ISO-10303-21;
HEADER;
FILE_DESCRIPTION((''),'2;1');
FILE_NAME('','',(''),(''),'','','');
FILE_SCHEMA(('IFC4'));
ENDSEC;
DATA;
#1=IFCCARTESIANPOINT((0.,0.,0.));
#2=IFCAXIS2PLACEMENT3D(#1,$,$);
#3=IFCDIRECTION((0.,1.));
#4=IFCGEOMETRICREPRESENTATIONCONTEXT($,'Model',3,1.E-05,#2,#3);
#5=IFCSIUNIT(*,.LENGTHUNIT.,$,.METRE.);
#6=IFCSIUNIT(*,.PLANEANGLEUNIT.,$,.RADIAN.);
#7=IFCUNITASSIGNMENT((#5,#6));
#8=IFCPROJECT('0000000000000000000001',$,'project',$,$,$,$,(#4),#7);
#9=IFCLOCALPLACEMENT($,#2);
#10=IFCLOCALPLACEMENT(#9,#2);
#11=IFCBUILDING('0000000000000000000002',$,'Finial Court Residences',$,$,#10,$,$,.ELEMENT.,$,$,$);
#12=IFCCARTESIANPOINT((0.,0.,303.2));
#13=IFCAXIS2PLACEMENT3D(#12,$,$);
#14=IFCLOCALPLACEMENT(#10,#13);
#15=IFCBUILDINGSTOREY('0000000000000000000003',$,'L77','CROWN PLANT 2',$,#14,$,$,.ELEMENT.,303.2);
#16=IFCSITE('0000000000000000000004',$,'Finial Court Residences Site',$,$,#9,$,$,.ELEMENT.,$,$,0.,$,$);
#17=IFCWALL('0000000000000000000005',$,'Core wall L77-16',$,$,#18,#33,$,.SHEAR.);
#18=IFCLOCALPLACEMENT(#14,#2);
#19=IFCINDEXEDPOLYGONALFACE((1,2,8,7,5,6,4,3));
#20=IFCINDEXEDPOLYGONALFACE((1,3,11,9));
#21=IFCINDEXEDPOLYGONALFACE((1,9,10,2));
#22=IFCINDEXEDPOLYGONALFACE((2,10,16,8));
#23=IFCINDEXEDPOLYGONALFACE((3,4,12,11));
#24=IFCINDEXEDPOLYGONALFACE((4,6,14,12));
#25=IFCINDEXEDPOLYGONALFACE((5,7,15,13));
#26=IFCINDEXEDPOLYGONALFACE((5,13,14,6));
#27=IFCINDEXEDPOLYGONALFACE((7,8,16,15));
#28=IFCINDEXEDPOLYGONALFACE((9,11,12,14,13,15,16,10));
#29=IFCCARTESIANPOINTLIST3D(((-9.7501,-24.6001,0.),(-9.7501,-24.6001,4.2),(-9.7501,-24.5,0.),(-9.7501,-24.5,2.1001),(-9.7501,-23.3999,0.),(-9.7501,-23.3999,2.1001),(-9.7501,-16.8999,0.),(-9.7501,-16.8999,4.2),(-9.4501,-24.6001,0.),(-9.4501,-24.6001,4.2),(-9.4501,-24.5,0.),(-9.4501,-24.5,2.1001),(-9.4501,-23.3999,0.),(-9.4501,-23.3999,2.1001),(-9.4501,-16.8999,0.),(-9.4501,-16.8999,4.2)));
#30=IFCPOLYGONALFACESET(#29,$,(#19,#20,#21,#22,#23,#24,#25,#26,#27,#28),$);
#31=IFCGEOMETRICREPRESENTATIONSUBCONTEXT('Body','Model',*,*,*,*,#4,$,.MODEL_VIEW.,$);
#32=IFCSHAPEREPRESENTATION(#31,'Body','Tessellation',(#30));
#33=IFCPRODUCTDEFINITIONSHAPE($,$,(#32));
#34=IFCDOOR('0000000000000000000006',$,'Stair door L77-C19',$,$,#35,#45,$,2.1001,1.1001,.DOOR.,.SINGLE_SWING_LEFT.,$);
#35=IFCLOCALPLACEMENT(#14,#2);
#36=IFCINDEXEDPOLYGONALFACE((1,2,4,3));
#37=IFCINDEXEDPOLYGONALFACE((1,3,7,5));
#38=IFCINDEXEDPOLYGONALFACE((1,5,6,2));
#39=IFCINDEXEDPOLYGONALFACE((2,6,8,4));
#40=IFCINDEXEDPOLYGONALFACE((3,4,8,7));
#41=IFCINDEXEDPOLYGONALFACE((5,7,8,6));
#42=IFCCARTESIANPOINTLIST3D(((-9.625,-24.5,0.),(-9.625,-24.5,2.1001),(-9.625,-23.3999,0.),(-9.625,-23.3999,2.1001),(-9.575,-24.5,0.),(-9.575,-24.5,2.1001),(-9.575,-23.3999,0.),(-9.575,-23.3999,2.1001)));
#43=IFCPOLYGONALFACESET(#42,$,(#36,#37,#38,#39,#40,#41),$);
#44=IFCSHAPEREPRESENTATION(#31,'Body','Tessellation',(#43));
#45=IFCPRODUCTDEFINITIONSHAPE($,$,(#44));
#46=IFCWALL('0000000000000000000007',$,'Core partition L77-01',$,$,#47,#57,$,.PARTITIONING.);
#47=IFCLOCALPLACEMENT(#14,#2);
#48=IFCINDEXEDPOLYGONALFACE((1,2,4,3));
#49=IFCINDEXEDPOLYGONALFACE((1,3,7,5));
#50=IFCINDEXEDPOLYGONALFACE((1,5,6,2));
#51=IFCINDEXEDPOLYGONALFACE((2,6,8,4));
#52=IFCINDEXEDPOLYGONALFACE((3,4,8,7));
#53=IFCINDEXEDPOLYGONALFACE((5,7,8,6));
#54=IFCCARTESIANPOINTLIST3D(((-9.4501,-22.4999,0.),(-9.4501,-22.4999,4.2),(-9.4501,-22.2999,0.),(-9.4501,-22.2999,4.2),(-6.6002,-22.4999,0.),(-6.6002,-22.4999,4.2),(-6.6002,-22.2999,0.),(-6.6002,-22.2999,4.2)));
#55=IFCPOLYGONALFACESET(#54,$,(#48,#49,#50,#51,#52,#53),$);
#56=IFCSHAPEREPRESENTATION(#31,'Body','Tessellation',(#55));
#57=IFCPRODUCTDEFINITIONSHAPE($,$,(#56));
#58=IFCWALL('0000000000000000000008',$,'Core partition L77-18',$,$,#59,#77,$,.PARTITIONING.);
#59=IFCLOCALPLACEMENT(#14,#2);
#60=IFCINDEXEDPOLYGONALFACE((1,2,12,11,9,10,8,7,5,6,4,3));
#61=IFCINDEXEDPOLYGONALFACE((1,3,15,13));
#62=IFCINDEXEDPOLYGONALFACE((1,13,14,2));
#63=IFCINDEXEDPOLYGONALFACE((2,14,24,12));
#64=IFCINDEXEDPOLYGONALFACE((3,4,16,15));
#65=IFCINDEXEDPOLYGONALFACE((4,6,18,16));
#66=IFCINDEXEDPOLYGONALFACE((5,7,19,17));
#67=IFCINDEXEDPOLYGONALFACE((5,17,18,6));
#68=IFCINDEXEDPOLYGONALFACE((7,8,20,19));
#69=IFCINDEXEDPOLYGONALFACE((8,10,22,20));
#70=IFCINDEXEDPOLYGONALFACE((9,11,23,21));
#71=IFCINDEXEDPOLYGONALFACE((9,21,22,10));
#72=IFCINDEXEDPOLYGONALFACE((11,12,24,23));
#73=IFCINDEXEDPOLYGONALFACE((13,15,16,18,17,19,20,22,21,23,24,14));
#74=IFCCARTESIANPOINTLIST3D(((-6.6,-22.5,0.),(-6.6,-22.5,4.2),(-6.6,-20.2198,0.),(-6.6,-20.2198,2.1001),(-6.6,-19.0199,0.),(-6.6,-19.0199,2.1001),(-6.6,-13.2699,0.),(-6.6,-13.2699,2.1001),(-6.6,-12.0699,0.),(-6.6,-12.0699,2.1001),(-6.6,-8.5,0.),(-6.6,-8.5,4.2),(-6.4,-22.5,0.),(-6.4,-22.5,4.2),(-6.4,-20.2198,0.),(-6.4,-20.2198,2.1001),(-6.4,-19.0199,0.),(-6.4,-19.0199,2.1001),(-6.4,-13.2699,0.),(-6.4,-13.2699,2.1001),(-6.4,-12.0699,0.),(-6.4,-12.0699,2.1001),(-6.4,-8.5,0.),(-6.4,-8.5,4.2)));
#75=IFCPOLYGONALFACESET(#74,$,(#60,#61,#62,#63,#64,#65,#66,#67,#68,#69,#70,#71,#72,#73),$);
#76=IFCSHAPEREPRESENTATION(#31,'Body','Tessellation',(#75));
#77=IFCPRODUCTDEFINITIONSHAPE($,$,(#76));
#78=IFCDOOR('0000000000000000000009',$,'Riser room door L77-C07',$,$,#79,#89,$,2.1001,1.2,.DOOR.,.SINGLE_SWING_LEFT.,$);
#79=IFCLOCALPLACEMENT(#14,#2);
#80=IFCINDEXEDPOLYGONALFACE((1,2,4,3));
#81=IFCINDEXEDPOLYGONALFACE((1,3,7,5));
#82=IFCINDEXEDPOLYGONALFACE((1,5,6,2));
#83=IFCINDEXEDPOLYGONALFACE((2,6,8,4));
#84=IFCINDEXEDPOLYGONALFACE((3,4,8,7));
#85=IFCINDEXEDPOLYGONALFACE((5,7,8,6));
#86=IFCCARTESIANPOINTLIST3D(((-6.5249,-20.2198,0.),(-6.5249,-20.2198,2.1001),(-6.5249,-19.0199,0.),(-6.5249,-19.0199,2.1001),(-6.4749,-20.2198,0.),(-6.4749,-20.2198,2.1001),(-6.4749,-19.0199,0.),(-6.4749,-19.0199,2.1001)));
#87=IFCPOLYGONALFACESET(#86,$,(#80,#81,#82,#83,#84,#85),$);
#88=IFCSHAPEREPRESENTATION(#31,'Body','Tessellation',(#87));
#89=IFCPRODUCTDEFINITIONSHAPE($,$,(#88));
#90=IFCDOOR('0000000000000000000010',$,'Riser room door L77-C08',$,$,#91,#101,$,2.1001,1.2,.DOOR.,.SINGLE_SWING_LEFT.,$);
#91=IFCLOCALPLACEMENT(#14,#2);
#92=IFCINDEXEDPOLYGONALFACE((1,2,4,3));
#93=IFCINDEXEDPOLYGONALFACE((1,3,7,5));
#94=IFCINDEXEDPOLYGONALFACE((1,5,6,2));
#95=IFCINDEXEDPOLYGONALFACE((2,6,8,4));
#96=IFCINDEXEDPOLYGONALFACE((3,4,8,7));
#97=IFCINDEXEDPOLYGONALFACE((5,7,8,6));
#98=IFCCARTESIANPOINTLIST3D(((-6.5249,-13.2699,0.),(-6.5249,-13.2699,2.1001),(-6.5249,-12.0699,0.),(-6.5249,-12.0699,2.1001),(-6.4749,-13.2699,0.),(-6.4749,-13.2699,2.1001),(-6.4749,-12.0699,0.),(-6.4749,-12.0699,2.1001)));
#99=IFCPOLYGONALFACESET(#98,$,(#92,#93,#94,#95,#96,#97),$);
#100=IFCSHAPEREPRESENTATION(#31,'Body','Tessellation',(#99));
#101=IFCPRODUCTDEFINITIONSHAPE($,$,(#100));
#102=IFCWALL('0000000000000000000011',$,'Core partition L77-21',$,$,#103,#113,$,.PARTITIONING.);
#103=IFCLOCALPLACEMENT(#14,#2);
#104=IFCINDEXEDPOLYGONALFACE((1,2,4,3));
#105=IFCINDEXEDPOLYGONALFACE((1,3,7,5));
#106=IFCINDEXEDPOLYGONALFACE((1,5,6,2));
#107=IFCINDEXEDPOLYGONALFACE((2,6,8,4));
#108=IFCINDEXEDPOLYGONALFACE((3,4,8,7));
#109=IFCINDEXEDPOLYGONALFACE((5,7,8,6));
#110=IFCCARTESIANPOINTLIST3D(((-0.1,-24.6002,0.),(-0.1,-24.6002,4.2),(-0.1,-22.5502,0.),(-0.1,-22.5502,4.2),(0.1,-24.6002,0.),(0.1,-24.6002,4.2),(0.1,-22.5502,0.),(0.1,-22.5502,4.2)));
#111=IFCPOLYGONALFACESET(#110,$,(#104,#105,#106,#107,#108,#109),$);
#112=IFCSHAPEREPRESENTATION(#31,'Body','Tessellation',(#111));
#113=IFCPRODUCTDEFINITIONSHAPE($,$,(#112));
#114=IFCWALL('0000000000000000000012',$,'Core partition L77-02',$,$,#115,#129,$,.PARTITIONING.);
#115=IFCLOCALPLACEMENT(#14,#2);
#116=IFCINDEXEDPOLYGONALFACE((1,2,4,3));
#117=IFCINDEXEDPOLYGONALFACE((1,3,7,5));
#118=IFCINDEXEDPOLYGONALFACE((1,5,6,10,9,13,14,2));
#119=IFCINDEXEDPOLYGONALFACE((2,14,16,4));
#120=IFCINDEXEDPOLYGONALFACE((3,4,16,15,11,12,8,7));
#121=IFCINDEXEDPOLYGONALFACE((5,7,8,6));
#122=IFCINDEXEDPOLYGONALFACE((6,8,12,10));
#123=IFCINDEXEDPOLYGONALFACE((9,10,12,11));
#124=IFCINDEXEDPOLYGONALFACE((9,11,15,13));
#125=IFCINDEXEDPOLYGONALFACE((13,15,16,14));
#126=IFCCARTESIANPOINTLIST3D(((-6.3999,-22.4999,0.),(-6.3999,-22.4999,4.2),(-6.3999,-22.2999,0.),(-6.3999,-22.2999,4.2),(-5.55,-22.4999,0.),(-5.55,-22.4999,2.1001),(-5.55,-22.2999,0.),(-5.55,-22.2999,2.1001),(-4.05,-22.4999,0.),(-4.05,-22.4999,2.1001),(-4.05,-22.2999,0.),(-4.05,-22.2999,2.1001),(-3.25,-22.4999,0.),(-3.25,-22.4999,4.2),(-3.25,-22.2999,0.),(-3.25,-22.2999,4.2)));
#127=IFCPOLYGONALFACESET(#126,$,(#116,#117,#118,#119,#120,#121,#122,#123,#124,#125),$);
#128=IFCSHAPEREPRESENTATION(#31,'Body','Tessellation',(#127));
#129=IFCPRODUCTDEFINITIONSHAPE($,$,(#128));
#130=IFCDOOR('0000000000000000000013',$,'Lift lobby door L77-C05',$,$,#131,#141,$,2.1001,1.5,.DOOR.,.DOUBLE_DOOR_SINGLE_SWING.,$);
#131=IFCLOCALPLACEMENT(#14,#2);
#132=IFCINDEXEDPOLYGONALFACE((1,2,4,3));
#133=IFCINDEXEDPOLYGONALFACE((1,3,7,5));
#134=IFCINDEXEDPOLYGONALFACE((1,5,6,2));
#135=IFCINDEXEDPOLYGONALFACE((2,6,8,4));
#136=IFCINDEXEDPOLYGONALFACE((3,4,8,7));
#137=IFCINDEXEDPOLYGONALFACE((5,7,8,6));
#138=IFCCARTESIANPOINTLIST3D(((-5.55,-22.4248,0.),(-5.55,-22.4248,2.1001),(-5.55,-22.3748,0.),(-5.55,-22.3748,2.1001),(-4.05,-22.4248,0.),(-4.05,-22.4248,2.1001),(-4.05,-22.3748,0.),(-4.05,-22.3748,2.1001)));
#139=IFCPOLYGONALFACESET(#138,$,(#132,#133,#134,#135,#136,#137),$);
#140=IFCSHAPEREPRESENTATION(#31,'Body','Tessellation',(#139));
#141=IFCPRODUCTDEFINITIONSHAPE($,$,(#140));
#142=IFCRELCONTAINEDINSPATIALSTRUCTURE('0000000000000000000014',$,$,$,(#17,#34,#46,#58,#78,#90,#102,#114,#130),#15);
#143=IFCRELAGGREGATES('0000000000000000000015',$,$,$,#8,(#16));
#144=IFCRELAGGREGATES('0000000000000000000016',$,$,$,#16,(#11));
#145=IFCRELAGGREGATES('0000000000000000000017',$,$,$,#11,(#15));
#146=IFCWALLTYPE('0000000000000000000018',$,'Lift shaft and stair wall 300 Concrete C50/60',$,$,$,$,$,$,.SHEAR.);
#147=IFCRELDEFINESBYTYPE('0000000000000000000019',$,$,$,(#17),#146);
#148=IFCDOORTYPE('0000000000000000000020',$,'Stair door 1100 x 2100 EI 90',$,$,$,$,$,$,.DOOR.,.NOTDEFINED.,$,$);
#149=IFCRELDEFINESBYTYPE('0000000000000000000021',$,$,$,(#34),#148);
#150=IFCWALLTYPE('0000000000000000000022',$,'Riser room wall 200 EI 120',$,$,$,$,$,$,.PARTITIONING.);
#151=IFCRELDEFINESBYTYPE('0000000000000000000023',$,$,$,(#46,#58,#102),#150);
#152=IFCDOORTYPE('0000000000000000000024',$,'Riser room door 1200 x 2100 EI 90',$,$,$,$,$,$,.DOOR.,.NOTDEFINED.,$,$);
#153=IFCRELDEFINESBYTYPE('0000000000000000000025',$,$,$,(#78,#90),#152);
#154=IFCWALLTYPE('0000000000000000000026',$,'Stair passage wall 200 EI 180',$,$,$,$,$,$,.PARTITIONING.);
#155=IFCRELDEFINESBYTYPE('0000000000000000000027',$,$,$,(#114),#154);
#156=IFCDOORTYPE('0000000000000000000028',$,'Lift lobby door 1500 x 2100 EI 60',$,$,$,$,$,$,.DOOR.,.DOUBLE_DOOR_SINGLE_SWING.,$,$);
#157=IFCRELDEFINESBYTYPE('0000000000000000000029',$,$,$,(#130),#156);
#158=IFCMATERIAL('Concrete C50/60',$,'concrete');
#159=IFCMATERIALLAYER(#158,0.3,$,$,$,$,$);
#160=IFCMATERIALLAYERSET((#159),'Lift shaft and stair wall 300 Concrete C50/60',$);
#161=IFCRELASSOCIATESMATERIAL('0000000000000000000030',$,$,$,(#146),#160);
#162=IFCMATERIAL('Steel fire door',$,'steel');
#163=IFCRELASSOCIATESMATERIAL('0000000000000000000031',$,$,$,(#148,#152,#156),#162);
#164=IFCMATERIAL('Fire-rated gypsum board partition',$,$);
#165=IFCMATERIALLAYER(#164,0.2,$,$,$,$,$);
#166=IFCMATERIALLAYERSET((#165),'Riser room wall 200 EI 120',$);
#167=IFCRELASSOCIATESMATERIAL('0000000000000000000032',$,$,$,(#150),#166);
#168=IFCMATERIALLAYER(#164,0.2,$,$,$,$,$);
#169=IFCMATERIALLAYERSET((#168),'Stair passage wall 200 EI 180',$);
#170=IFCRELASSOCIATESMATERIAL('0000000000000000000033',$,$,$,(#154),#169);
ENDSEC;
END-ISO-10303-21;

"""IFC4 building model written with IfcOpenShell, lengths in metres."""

from ifc_helpers import new_model, si_unit, direction, frame, frame_2d, origin, place, context, subcontext, project, spatial, rectangle, extrude, material, layer, layer_set, type_object, element, fill, save


model = new_model("IFC4")

# Units and contexts
model_context = context("Model", 3, precision=1e-05, world=origin(), true_north=direction((0.0, 1.0)))
body_context = subcontext(model_context, "Body", "Model", "MODEL_VIEW")
ifc_project = project(units=[si_unit("LENGTHUNIT", "METRE"), si_unit("PLANEANGLEUNIT", "RADIAN")], contexts=[model_context])

# Site, building, storey
site_placement = place(None, origin())
site = spatial("IfcSite", under=ifc_project, at=site_placement, Name="Finial Court Residences Site", CompositionType="ELEMENT", RefElevation=0.0)
building_placement = place(site_placement, origin())
building = spatial("IfcBuilding", under=site, at=building_placement, Name="Finial Court Residences", CompositionType="ELEMENT")
storey_placement = place(building_placement, frame((0.0, 0.0, 303.2)))
storey = spatial("IfcBuildingStorey", under=building, at=storey_placement, Name="L77", Description="CROWN PLANT 2", CompositionType="ELEMENT", Elevation=303.2)

# Shared definitions
ifc_material_1 = material(Name="Concrete C50/60", Category="concrete")
ifc_layer_1 = layer(ifc_material_1, 0.3)
ifc_layer_set_1 = layer_set([ifc_layer_1], Name="Lift shaft and stair wall 300 Concrete C50/60")
wall_type_1 = type_object("IfcWallType", Name="Lift shaft and stair wall 300 Concrete C50/60", PredefinedType="SHEAR", material=ifc_layer_set_1)

# Wall, opening, door
wall_1_placement = place(storey_placement, frame((-9.6001, -24.6001, 0.0), z_axis=(0.0, 0.0, 1.0), x_axis=(0.0, 1.0, 0.0)))
wall_1 = element("IfcWall", 1, at=wall_1_placement, inside=storey, type_object=wall_type_1, Name="Core wall L77-16", PredefinedType="SHEAR", context=body_context, shape_type="SweptSolid", body=[
    extrude(rectangle(XDim=7.7002, YDim=0.3, at=frame_2d((3.8501, 0.0))), origin(), (0.0, 0.0, 1.0), 4.2),
])
opening_1_placement = place(wall_1_placement, frame((0.1001, 0.0, 0.0)))
opening_1 = element("IfcOpeningElement", 2, at=opening_1_placement, cuts=wall_1, PredefinedType="OPENING", context=body_context, shape_type="SweptSolid", body=[
    extrude(rectangle(XDim=1.1001, YDim=2.1001, at=frame_2d((0.55, 1.05))), frame((0.0, 0.1599, 0.0), z_axis=(0.0, -1.0, 0.0), x_axis=(1.0, 0.0, 0.0)), (0.0, 0.0, 1.0), 0.3201),
])
ifc_material_2 = material(Name="Steel fire door", Category="steel")
door_type_1 = type_object("IfcDoorType", Name="Stair door 1100 x 2100 EI 90", OperationType="NOTDEFINED", PredefinedType="DOOR", material=ifc_material_2)
door_1_placement = place(opening_1_placement, origin())
door_1 = element("IfcDoor", 3, at=door_1_placement, inside=storey, type_object=door_type_1, Name="Stair door L77-C19", OperationType="SINGLE_SWING_LEFT", OverallHeight=2.1001, OverallWidth=1.1001, PredefinedType="DOOR", context=body_context, shape_type="SweptSolid", body=[
    extrude(rectangle(XDim=1.1001, YDim=2.1001, at=frame_2d((0.55, 1.05))), frame((0.0, 0.0249, 0.0), z_axis=(0.0, -1.0, 0.0), x_axis=(1.0, 0.0, 0.0)), (0.0, 0.0, 1.0), 0.05),
])
fill(opening_1, door_1)

# Wall
ifc_material_3 = material(Name="Fire-rated gypsum board partition")
ifc_layer_2 = layer(ifc_material_3, 0.2)
ifc_layer_set_2 = layer_set([ifc_layer_2], Name="Riser room wall 200 EI 120")
wall_type_2 = type_object("IfcWallType", Name="Riser room wall 200 EI 120", PredefinedType="PARTITIONING", material=ifc_layer_set_2)
wall_2_placement = place(storey_placement, frame((-9.45, -22.3999, 0.0), z_axis=(0.0, 0.0, 1.0), x_axis=(1.0, 0.0, 0.0)))
element("IfcWall", 4, at=wall_2_placement, inside=storey, type_object=wall_type_2, Name="Core partition L77-01", PredefinedType="PARTITIONING", context=body_context, shape_type="SweptSolid", body=[
    extrude(rectangle(XDim=2.8499, YDim=0.2, at=frame_2d((1.4248, 0.0))), origin(), (0.0, 0.0, 1.0), 4.2),
])

# Wall, openings, doors
wall_3_placement = place(storey_placement, frame((-6.5, -22.5, 0.0), z_axis=(0.0, 0.0, 1.0), x_axis=(0.0, 1.0, 0.0)))
wall_3 = element("IfcWall", 5, at=wall_3_placement, inside=storey, type_object=wall_type_2, Name="Core partition L77-18", PredefinedType="PARTITIONING", context=body_context, shape_type="SweptSolid", body=[
    extrude(rectangle(XDim=14.0, YDim=0.2, at=frame_2d((7.0, 0.0))), origin(), (0.0, 0.0, 1.0), 4.2),
])
opening_2_placement = place(wall_3_placement, frame((2.28, 0.0, 0.0)))
opening_2 = element("IfcOpeningElement", 6, at=opening_2_placement, cuts=wall_3, PredefinedType="OPENING", context=body_context, shape_type="SweptSolid", body=[
    extrude(rectangle(XDim=1.2, YDim=2.1001, at=frame_2d((0.6001, 1.05))), frame((0.0, 0.1099, 0.0), z_axis=(0.0, -1.0, 0.0), x_axis=(1.0, 0.0, 0.0)), (0.0, 0.0, 1.0), 0.22),
])
opening_3_placement = place(wall_3_placement, frame((9.23, 0.0, 0.0)))
opening_3 = element("IfcOpeningElement", 7, at=opening_3_placement, cuts=wall_3, PredefinedType="OPENING", context=body_context, shape_type="SweptSolid", body=[
    extrude(rectangle(XDim=1.2, YDim=2.1001, at=frame_2d((0.6001, 1.05))), frame((0.0, 0.1099, 0.0), z_axis=(0.0, -1.0, 0.0), x_axis=(1.0, 0.0, 0.0)), (0.0, 0.0, 1.0), 0.22),
])
door_type_2 = type_object("IfcDoorType", Name="Riser room door 1200 x 2100 EI 90", OperationType="NOTDEFINED", PredefinedType="DOOR", material=ifc_material_2)
door_2_placement = place(opening_2_placement, origin())
door_2 = element("IfcDoor", 8, at=door_2_placement, inside=storey, type_object=door_type_2, Name="Riser room door L77-C07", OperationType="SINGLE_SWING_LEFT", OverallHeight=2.1001, OverallWidth=1.2, PredefinedType="DOOR", context=body_context, shape_type="SweptSolid", body=[
    extrude(rectangle(XDim=1.2, YDim=2.1001, at=frame_2d((0.6001, 1.05))), frame((0.0, 0.0249, 0.0), z_axis=(0.0, -1.0, 0.0), x_axis=(1.0, 0.0, 0.0)), (0.0, 0.0, 1.0), 0.05),
])
fill(opening_2, door_2)
door_3_placement = place(opening_3_placement, origin())
door_3 = element("IfcDoor", 9, at=door_3_placement, inside=storey, type_object=door_type_2, Name="Riser room door L77-C08", OperationType="SINGLE_SWING_LEFT", OverallHeight=2.1001, OverallWidth=1.2, PredefinedType="DOOR", context=body_context, shape_type="SweptSolid", body=[
    extrude(rectangle(XDim=1.2, YDim=2.1001, at=frame_2d((0.6001, 1.05))), frame((0.0, 0.0249, 0.0), z_axis=(0.0, -1.0, 0.0), x_axis=(1.0, 0.0, 0.0)), (0.0, 0.0, 1.0), 0.05),
])
fill(opening_3, door_3)

# Wall
wall_4_placement = place(storey_placement, frame((0.0, -24.6001, 0.0), z_axis=(0.0, 0.0, 1.0), x_axis=(0.0, 1.0, 0.0)))
element("IfcWall", 10, at=wall_4_placement, inside=storey, type_object=wall_type_2, Name="Core partition L77-21", PredefinedType="PARTITIONING", context=body_context, shape_type="SweptSolid", body=[
    extrude(rectangle(XDim=2.05, YDim=0.2, at=frame_2d((1.0249, 0.0))), origin(), (0.0, 0.0, 1.0), 4.2),
])

# Wall, opening, door
ifc_layer_3 = layer(ifc_material_3, 0.2)
ifc_layer_set_3 = layer_set([ifc_layer_3], Name="Stair passage wall 200 EI 180")
wall_type_3 = type_object("IfcWallType", Name="Stair passage wall 200 EI 180", PredefinedType="PARTITIONING", material=ifc_layer_set_3)
wall_5_placement = place(storey_placement, frame((-3.25, -22.3999, 0.0), z_axis=(0.0, 0.0, 1.0), x_axis=(-1.0, 0.0, 0.0)))
wall_5 = element("IfcWall", 11, at=wall_5_placement, inside=storey, type_object=wall_type_3, Name="Core partition L77-02", PredefinedType="PARTITIONING", context=body_context, shape_type="SweptSolid", body=[
    extrude(rectangle(XDim=3.1499, YDim=0.2, at=frame_2d((1.575, 0.0))), origin(), (0.0, 0.0, 1.0), 4.2),
])
opening_4_placement = place(wall_5_placement, frame((0.8, 0.0, 0.0)))
opening_4 = element("IfcOpeningElement", 12, at=opening_4_placement, cuts=wall_5, PredefinedType="OPENING", context=body_context, shape_type="SweptSolid", body=[
    extrude(rectangle(XDim=1.5, YDim=2.1001, at=frame_2d((0.75, 1.05))), frame((0.0, 0.1099, 0.0), z_axis=(0.0, -1.0, 0.0), x_axis=(1.0, 0.0, 0.0)), (0.0, 0.0, 1.0), 0.22),
])
door_type_3 = type_object("IfcDoorType", Name="Lift lobby door 1500 x 2100 EI 60", OperationType="DOUBLE_DOOR_SINGLE_SWING", PredefinedType="DOOR", material=ifc_material_2)
door_4_placement = place(opening_4_placement, origin())
door_4 = element("IfcDoor", 13, at=door_4_placement, inside=storey, type_object=door_type_3, Name="Lift lobby door L77-C05", OperationType="DOUBLE_DOOR_SINGLE_SWING", OverallHeight=2.1001, OverallWidth=1.5, PredefinedType="DOOR", context=body_context, shape_type="SweptSolid", body=[
    extrude(rectangle(XDim=1.5, YDim=2.1001, at=frame_2d((0.75, 1.05))), frame((0.0, 0.0249, 0.0), z_axis=(0.0, -1.0, 0.0), x_axis=(1.0, 0.0, 0.0)), (0.0, 0.0, 1.0), 0.05),
])
fill(opening_4, door_4)

save(model, "model.ifc")
